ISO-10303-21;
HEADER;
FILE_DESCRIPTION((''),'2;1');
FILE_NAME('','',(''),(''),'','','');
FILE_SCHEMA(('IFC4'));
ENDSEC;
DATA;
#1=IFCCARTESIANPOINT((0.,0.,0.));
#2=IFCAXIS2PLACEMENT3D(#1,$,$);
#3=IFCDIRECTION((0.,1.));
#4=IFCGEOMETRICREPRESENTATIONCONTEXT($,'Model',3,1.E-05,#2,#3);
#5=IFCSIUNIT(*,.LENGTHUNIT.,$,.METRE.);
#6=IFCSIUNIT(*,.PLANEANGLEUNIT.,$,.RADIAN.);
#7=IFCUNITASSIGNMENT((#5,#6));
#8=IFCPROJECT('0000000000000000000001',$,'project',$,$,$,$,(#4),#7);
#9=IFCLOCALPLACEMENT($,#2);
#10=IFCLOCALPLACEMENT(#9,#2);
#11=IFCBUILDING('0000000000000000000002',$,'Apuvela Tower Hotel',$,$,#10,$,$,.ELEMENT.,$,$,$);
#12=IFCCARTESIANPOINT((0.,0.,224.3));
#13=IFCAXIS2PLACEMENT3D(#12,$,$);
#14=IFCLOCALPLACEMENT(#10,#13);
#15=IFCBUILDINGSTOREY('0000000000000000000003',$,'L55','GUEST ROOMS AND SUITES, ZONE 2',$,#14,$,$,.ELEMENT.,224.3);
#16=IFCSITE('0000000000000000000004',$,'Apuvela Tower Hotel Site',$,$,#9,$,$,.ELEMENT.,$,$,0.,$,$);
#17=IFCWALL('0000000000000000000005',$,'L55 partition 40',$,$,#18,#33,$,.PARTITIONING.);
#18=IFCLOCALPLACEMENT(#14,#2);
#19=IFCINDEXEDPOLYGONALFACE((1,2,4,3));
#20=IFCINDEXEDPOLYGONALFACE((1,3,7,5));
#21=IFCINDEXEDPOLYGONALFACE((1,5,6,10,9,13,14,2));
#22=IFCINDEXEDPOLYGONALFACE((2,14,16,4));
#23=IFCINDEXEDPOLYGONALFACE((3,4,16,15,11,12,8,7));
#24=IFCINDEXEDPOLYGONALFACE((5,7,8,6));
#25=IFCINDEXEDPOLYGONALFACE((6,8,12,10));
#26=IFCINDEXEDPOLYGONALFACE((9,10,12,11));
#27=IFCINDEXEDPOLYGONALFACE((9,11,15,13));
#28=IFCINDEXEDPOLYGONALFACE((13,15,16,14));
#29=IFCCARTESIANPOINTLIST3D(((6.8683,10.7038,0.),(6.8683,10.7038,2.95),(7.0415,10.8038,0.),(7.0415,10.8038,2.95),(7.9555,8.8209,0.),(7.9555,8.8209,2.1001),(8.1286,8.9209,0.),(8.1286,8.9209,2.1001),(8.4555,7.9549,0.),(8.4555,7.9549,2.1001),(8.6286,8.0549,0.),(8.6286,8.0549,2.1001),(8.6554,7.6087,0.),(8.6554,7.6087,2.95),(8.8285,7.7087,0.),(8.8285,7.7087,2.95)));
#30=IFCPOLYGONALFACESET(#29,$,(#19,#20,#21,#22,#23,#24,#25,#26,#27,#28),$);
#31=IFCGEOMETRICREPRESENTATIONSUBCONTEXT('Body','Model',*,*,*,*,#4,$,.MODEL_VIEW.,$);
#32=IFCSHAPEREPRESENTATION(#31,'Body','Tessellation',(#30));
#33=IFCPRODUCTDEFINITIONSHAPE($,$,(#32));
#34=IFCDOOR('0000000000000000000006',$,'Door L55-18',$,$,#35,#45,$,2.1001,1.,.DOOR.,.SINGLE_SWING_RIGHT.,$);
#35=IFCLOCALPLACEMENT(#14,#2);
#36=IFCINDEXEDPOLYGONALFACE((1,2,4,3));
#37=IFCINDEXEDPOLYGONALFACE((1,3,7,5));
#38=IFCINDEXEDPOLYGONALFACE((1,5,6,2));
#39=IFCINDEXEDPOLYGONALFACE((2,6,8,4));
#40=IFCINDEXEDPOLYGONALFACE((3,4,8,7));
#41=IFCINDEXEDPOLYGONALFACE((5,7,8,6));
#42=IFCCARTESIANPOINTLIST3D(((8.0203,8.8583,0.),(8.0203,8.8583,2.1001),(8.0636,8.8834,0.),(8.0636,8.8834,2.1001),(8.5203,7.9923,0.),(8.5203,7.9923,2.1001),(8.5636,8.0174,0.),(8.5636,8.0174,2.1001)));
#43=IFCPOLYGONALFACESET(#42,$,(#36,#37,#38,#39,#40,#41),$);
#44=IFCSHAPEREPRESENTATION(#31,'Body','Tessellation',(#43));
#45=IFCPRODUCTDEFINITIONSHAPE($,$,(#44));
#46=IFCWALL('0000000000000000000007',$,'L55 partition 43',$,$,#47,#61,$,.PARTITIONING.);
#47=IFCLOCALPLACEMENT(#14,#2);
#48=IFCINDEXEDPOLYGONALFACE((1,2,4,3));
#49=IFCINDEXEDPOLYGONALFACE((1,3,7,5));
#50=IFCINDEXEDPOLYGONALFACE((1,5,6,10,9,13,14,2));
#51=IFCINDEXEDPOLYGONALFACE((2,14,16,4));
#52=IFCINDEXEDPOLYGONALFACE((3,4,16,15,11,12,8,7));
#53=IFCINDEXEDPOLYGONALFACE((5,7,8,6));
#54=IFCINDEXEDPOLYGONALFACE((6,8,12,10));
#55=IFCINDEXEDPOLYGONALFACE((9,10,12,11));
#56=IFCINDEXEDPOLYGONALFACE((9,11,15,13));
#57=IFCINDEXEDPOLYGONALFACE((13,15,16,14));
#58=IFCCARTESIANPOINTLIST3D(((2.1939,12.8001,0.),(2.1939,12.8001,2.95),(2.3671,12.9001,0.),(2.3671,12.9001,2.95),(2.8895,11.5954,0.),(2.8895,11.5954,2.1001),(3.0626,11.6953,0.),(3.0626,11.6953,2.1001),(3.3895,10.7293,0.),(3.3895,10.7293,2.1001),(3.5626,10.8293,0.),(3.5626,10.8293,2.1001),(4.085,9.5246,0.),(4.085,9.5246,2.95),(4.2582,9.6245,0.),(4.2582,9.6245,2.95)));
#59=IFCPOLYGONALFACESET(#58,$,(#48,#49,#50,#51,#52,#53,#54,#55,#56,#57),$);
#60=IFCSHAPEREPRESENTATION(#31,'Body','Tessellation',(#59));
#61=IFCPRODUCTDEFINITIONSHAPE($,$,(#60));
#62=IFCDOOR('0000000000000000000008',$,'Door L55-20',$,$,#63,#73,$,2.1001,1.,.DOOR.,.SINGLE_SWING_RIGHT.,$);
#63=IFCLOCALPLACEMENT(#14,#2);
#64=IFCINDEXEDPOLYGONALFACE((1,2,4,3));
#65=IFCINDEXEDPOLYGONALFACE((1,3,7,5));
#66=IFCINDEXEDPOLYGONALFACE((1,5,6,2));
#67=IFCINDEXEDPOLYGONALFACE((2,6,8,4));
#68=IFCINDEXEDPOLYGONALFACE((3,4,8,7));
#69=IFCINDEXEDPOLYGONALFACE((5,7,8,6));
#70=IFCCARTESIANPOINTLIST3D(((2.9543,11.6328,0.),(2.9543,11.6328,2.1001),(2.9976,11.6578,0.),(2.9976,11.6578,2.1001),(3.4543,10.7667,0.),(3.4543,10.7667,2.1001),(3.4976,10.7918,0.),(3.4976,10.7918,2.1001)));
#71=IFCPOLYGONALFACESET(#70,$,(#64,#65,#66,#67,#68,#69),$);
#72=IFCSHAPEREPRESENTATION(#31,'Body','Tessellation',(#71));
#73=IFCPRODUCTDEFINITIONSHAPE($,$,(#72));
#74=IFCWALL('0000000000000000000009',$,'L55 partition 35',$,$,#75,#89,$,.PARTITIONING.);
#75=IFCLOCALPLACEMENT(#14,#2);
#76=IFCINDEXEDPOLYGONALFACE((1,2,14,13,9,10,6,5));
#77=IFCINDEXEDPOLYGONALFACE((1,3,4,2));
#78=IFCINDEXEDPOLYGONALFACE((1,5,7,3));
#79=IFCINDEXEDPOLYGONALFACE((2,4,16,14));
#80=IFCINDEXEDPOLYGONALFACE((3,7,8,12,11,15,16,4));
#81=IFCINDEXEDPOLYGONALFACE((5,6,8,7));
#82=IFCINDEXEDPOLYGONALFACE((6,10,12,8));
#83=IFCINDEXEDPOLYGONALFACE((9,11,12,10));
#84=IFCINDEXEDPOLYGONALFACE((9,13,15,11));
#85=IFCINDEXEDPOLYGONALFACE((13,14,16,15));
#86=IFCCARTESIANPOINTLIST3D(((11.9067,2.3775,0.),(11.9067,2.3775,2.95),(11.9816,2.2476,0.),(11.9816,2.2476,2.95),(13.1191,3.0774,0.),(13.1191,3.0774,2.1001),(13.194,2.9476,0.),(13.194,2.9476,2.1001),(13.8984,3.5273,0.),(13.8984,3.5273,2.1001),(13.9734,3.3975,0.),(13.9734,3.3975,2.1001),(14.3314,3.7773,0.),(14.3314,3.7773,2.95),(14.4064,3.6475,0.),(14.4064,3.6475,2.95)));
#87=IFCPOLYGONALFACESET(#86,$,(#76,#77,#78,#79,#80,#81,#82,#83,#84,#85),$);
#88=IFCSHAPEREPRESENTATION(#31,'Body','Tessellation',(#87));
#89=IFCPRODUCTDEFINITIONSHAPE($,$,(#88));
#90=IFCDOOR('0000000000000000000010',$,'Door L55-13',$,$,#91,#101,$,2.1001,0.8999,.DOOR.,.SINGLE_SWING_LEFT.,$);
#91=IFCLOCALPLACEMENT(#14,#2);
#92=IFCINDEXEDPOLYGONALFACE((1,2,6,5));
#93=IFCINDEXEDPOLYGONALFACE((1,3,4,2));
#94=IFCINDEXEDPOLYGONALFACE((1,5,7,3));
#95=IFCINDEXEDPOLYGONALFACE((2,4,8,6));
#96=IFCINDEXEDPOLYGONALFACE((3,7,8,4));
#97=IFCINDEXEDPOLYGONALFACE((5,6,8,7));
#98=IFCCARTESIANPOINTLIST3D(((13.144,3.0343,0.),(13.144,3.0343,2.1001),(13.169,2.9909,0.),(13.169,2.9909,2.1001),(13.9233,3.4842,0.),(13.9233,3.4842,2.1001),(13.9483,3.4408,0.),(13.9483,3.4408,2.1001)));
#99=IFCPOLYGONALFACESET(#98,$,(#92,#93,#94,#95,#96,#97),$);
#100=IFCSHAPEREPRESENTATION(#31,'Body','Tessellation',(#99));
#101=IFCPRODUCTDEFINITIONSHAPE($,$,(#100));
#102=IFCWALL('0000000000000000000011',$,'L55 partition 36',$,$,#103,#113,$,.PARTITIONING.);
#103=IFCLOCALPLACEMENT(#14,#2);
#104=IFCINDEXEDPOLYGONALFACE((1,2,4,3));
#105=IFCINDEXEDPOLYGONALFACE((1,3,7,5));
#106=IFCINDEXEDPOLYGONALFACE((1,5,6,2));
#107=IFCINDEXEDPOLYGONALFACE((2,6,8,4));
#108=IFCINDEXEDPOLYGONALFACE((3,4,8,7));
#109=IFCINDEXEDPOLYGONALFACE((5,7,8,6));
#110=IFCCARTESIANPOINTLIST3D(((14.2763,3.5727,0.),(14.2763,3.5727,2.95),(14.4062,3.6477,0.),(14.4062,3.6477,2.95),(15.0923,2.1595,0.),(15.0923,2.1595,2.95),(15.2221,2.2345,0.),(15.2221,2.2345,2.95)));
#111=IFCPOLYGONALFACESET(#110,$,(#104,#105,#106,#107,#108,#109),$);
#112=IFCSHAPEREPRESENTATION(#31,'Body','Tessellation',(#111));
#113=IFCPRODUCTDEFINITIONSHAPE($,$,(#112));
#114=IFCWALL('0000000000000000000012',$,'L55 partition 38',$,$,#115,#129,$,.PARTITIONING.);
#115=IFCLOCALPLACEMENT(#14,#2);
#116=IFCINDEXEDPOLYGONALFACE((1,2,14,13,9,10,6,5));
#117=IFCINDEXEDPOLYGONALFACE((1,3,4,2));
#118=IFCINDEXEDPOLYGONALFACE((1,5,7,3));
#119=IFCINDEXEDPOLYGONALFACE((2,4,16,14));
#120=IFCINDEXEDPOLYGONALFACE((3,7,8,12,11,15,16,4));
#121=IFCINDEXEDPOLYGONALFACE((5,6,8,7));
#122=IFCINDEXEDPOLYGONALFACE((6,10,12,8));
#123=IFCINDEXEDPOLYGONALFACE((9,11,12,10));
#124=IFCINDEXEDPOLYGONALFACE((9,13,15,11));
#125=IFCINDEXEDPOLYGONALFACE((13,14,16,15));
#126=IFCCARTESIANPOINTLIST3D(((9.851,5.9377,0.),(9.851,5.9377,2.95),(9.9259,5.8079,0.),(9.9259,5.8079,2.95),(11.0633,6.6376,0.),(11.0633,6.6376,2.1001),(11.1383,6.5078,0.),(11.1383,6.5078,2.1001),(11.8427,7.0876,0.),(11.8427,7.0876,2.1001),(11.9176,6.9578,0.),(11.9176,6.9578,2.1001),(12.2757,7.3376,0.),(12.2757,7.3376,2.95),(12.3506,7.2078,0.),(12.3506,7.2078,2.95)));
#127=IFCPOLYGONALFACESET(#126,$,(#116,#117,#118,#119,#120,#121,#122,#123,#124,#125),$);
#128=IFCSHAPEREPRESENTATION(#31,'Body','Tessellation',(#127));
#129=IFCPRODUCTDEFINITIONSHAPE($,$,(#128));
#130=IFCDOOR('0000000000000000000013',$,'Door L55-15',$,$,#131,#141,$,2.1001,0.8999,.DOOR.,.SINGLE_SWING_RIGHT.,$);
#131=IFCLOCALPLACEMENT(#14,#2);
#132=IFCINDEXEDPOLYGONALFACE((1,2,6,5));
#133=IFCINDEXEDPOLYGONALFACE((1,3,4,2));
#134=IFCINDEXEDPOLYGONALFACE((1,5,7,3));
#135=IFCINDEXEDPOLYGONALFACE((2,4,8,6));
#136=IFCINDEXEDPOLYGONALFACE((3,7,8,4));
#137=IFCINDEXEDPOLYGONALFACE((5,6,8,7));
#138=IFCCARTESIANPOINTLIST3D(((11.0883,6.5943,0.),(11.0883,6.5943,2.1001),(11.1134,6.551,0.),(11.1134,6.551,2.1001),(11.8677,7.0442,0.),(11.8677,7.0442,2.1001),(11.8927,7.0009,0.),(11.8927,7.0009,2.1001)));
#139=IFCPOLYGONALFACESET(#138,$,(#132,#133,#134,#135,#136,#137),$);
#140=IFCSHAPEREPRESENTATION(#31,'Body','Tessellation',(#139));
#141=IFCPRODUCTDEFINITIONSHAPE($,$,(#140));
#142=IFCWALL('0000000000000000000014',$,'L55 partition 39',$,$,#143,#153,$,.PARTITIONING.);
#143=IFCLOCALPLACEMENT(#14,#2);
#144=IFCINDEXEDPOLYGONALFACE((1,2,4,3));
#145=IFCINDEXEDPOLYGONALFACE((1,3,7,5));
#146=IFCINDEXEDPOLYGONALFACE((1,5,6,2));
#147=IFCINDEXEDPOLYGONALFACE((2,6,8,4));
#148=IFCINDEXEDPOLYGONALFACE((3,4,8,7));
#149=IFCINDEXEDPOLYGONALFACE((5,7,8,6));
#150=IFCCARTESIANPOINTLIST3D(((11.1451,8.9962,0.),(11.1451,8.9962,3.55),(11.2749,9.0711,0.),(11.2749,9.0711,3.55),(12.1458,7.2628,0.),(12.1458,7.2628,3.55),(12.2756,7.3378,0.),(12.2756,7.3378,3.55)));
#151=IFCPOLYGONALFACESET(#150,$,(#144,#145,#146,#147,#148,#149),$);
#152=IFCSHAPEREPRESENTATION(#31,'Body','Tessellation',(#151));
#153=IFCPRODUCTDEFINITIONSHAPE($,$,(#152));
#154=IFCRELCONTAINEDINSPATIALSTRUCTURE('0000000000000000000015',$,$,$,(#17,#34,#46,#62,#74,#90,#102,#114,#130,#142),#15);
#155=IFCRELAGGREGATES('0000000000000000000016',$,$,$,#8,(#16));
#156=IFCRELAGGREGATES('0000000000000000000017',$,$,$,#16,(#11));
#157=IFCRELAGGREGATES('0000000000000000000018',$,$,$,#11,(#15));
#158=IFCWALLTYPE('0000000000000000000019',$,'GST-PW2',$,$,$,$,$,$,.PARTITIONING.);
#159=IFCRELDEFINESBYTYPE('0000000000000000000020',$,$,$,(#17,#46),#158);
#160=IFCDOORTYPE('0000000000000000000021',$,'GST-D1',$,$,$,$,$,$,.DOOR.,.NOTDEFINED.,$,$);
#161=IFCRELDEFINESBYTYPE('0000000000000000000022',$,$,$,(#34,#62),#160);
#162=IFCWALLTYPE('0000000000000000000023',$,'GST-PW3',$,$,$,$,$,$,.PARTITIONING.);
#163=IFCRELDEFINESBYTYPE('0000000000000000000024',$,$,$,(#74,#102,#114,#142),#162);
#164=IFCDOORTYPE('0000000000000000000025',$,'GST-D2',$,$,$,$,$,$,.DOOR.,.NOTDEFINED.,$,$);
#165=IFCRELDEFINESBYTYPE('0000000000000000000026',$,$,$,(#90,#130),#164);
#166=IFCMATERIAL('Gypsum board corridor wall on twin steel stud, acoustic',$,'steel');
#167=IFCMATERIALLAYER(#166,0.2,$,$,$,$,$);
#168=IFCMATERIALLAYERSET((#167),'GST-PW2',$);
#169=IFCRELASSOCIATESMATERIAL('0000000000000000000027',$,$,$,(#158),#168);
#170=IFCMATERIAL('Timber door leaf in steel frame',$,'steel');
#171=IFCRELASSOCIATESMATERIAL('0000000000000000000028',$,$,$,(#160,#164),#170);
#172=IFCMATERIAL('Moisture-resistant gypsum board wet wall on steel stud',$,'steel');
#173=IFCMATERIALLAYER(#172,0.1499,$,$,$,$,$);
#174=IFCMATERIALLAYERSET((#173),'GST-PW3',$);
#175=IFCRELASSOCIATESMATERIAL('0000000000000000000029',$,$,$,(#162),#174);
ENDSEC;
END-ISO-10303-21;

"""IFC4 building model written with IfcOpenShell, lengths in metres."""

from ifc_helpers import new_model, si_unit, direction, frame, frame_2d, origin, place, context, subcontext, project, spatial, rectangle, extrude, material, layer, layer_set, type_object, element, fill, save


model = new_model("IFC4")

# Units and contexts
model_context = context("Model", 3, precision=1e-05, world=origin(), true_north=direction((0.0, 1.0)))
body_context = subcontext(model_context, "Body", "Model", "MODEL_VIEW")
ifc_project = project(units=[si_unit("LENGTHUNIT", "METRE"), si_unit("PLANEANGLEUNIT", "RADIAN")], contexts=[model_context])

# Site, building, storey
site_placement = place(None, origin())
site = spatial("IfcSite", under=ifc_project, at=site_placement, Name="Apuvela Tower Hotel Site", CompositionType="ELEMENT", RefElevation=0.0)
building_placement = place(site_placement, origin())
building = spatial("IfcBuilding", under=site, at=building_placement, Name="Apuvela Tower Hotel", CompositionType="ELEMENT")
storey_placement = place(building_placement, frame((0.0, 0.0, 224.3)))
storey = spatial("IfcBuildingStorey", under=building, at=storey_placement, Name="L55", Description="GUEST ROOMS AND SUITES, ZONE 2", CompositionType="ELEMENT", Elevation=224.3)

# Walls, openings, doors
ifc_material_1 = material(Name="Gypsum board corridor wall on twin steel stud, acoustic", Category="steel")
ifc_layer_1 = layer(ifc_material_1, 0.2)
ifc_layer_set_1 = layer_set([ifc_layer_1], Name="GST-PW2")
wall_type_1 = type_object("IfcWallType", Name="GST-PW2", PredefinedType="PARTITIONING", material=ifc_layer_set_1)
ifc_material_2 = material(Name="Timber door leaf in steel frame", Category="steel")
door_type_1 = type_object("IfcDoorType", Name="GST-D1", OperationType="NOTDEFINED", PredefinedType="DOOR", material=ifc_material_2)
wall_1_placement = place(storey_placement, frame((6.9548, 10.7539, 0.0), z_axis=(0.0, 0.0, 1.0), x_axis=(0.500018, -0.866015, 0.0)))
wall_1 = element("IfcWall", 1, at=wall_1_placement, inside=storey, type_object=wall_type_1, Name="L55 partition 40", PredefinedType="PARTITIONING", context=body_context, shape_type="SweptSolid", body=[
    extrude(rectangle(XDim=3.574, YDim=0.2, at=frame_2d((1.7871, 0.0))), origin(), (0.0, 0.0, 1.0), 2.95),
])
opening_1_placement = place(wall_1_placement, frame((2.1743, 0.0, 0.0)))
opening_1 = element("IfcOpeningElement", 2, at=opening_1_placement, cuts=wall_1, PredefinedType="OPENING", context=body_context, shape_type="SweptSolid", body=[
    extrude(rectangle(XDim=1.0, YDim=2.1001, at=frame_2d((0.5, 1.05))), frame((0.0, 0.1099, 0.0), z_axis=(0.0, -1.0, 0.0), x_axis=(1.0, 0.0, 0.0)), (0.0, 0.0, 1.0), 0.22),
])
door_1_placement = place(opening_1_placement, origin())
door_1 = element("IfcDoor", 3, at=door_1_placement, inside=storey, type_object=door_type_1, Name="Door L55-18", OperationType="SINGLE_SWING_RIGHT", OverallHeight=2.1001, OverallWidth=1.0, PredefinedType="DOOR", context=body_context, shape_type="SweptSolid", body=[
    extrude(rectangle(XDim=1.0, YDim=2.1001, at=frame_2d((0.5, 1.05))), frame((0.0, 0.0249, 0.0), z_axis=(0.0, -1.0, 0.0), x_axis=(1.0, 0.0, 0.0)), (0.0, 0.0, 1.0), 0.05),
])
fill(opening_1, door_1)
wall_2_placement = place(storey_placement, frame((2.2805, 12.8501, 0.0), z_axis=(0.0, 0.0, 1.0), x_axis=(0.499985, -0.866034, 0.0)))
wall_2 = element("IfcWall", 4, at=wall_2_placement, inside=storey, type_object=wall_type_1, Name="L55 partition 43", PredefinedType="PARTITIONING", context=body_context, shape_type="SweptSolid", body=[
    extrude(rectangle(XDim=3.7822, YDim=0.2, at=frame_2d((1.8911, 0.0))), origin(), (0.0, 0.0, 1.0), 2.95),
])
opening_2_placement = place(wall_2_placement, frame((1.3911, 0.0, 0.0)))
opening_2 = element("IfcOpeningElement", 5, at=opening_2_placement, cuts=wall_2, PredefinedType="OPENING", context=body_context, shape_type="SweptSolid", body=[
    extrude(rectangle(XDim=1.0, YDim=2.1001, at=frame_2d((0.5, 1.05))), frame((0.0, 0.1099, 0.0), z_axis=(0.0, -1.0, 0.0), x_axis=(1.0, 0.0, 0.0)), (0.0, 0.0, 1.0), 0.22),
])
door_2_placement = place(opening_2_placement, origin())
door_2 = element("IfcDoor", 6, at=door_2_placement, inside=storey, type_object=door_type_1, Name="Door L55-20", OperationType="SINGLE_SWING_RIGHT", OverallHeight=2.1001, OverallWidth=1.0, PredefinedType="DOOR", context=body_context, shape_type="SweptSolid", body=[
    extrude(rectangle(XDim=1.0, YDim=2.1001, at=frame_2d((0.5, 1.05))), frame((0.0, 0.0249, 0.0), z_axis=(0.0, -1.0, 0.0), x_axis=(1.0, 0.0, 0.0)), (0.0, 0.0, 1.0), 0.05),
])
fill(opening_2, door_2)
ifc_material_3 = material(Name="Moisture-resistant gypsum board wet wall on steel stud", Category="steel")
ifc_layer_2 = layer(ifc_material_3, 0.1499)
ifc_layer_set_2 = layer_set([ifc_layer_2], Name="GST-PW3")
wall_type_2 = type_object("IfcWallType", Name="GST-PW3", PredefinedType="PARTITIONING", material=ifc_layer_set_2)
wall_3_placement = place(storey_placement, frame((14.3689, 3.7124, 0.0), z_axis=(0.0, 0.0, 1.0), x_axis=(-0.866035, -0.499984, 0.0)))
wall_3 = element("IfcWall", 7, at=wall_3_placement, inside=storey, type_object=wall_type_2, Name="L55 partition 35", PredefinedType="PARTITIONING", context=body_context, shape_type="SweptSolid", body=[
    extrude(rectangle(XDim=2.7998, YDim=0.1499, at=frame_2d((1.3999, 0.0))), origin(), (0.0, 0.0, 1.0), 2.95),
])
opening_3_placement = place(wall_3_placement, frame((0.5, 0.0, 0.0)))
opening_3 = element("IfcOpeningElement", 8, at=opening_3_placement, cuts=wall_3, PredefinedType="OPENING", context=body_context, shape_type="SweptSolid", body=[
    extrude(rectangle(XDim=0.8999, YDim=2.1001, at=frame_2d((0.45, 1.05))), frame((0.0, 0.085, 0.0), z_axis=(0.0, -1.0, 0.0), x_axis=(1.0, 0.0, 0.0)), (0.0, 0.0, 1.0), 0.1699),
])
door_type_2 = type_object("IfcDoorType", Name="GST-D2", OperationType="NOTDEFINED", PredefinedType="DOOR", material=ifc_material_2)
door_3_placement = place(opening_3_placement, origin())
door_3 = element("IfcDoor", 9, at=door_3_placement, inside=storey, type_object=door_type_2, Name="Door L55-13", OperationType="SINGLE_SWING_LEFT", OverallHeight=2.1001, OverallWidth=0.8999, PredefinedType="DOOR", context=body_context, shape_type="SweptSolid", body=[
    extrude(rectangle(XDim=0.8999, YDim=2.1001, at=frame_2d((0.45, 1.05))), frame((0.0, 0.0249, 0.0), z_axis=(0.0, -1.0, 0.0), x_axis=(1.0, 0.0, 0.0)), (0.0, 0.0, 1.0), 0.05),
])
fill(opening_3, door_3)

# Wall
wall_4_placement = place(storey_placement, frame((15.1572, 2.197, 0.0), z_axis=(0.0, 0.0, 1.0), x_axis=(-0.500033, 0.866006, 0.0)))
element("IfcWall", 10, at=wall_4_placement, inside=storey, type_object=wall_type_2, Name="L55 partition 36", PredefinedType="PARTITIONING", context=body_context, shape_type="SweptSolid", body=[
    extrude(rectangle(XDim=1.6318, YDim=0.1499, at=frame_2d((0.8159, 0.0))), origin(), (0.0, 0.0, 1.0), 2.95),
])

# Wall, opening, door
wall_5_placement = place(storey_placement, frame((9.8884, 5.8728, 0.0), z_axis=(0.0, 0.0, 1.0), x_axis=(0.866035, 0.499984, 0.0)))
wall_5 = element("IfcWall", 11, at=wall_5_placement, inside=storey, type_object=wall_type_2, Name="L55 partition 38", PredefinedType="PARTITIONING", context=body_context, shape_type="SweptSolid", body=[
    extrude(rectangle(XDim=2.7998, YDim=0.1499, at=frame_2d((1.3999, 0.0))), origin(), (0.0, 0.0, 1.0), 2.95),
])
opening_4_placement = place(wall_5_placement, frame((1.3999, 0.0, 0.0)))
opening_4 = element("IfcOpeningElement", 12, at=opening_4_placement, cuts=wall_5, PredefinedType="OPENING", context=body_context, shape_type="SweptSolid", body=[
    extrude(rectangle(XDim=0.8999, YDim=2.1001, at=frame_2d((0.45, 1.05))), frame((0.0, 0.085, 0.0), z_axis=(0.0, -1.0, 0.0), x_axis=(1.0, 0.0, 0.0)), (0.0, 0.0, 1.0), 0.1699),
])
door_4_placement = place(opening_4_placement, origin())
door_4 = element("IfcDoor", 13, at=door_4_placement, inside=storey, type_object=door_type_2, Name="Door L55-15", OperationType="SINGLE_SWING_RIGHT", OverallHeight=2.1001, OverallWidth=0.8999, PredefinedType="DOOR", context=body_context, shape_type="SweptSolid", body=[
    extrude(rectangle(XDim=0.8999, YDim=2.1001, at=frame_2d((0.45, 1.05))), frame((0.0, 0.0249, 0.0), z_axis=(0.0, -1.0, 0.0), x_axis=(1.0, 0.0, 0.0)), (0.0, 0.0, 1.0), 0.05),
])
fill(opening_4, door_4)

# Wall
wall_6_placement = place(storey_placement, frame((12.2107, 7.3003, 0.0), z_axis=(0.0, 0.0, 1.0), x_axis=(-0.499983, 0.866035, 0.0)))
element("IfcWall", 14, at=wall_6_placement, inside=storey, type_object=wall_type_2, Name="L55 partition 39", PredefinedType="PARTITIONING", context=body_context, shape_type="SweptSolid", body=[
    extrude(rectangle(XDim=2.0015, YDim=0.1499, at=frame_2d((1.0007, 0.0))), origin(), (0.0, 0.0, 1.0), 3.55),
])

save(model, "model.ifc")
